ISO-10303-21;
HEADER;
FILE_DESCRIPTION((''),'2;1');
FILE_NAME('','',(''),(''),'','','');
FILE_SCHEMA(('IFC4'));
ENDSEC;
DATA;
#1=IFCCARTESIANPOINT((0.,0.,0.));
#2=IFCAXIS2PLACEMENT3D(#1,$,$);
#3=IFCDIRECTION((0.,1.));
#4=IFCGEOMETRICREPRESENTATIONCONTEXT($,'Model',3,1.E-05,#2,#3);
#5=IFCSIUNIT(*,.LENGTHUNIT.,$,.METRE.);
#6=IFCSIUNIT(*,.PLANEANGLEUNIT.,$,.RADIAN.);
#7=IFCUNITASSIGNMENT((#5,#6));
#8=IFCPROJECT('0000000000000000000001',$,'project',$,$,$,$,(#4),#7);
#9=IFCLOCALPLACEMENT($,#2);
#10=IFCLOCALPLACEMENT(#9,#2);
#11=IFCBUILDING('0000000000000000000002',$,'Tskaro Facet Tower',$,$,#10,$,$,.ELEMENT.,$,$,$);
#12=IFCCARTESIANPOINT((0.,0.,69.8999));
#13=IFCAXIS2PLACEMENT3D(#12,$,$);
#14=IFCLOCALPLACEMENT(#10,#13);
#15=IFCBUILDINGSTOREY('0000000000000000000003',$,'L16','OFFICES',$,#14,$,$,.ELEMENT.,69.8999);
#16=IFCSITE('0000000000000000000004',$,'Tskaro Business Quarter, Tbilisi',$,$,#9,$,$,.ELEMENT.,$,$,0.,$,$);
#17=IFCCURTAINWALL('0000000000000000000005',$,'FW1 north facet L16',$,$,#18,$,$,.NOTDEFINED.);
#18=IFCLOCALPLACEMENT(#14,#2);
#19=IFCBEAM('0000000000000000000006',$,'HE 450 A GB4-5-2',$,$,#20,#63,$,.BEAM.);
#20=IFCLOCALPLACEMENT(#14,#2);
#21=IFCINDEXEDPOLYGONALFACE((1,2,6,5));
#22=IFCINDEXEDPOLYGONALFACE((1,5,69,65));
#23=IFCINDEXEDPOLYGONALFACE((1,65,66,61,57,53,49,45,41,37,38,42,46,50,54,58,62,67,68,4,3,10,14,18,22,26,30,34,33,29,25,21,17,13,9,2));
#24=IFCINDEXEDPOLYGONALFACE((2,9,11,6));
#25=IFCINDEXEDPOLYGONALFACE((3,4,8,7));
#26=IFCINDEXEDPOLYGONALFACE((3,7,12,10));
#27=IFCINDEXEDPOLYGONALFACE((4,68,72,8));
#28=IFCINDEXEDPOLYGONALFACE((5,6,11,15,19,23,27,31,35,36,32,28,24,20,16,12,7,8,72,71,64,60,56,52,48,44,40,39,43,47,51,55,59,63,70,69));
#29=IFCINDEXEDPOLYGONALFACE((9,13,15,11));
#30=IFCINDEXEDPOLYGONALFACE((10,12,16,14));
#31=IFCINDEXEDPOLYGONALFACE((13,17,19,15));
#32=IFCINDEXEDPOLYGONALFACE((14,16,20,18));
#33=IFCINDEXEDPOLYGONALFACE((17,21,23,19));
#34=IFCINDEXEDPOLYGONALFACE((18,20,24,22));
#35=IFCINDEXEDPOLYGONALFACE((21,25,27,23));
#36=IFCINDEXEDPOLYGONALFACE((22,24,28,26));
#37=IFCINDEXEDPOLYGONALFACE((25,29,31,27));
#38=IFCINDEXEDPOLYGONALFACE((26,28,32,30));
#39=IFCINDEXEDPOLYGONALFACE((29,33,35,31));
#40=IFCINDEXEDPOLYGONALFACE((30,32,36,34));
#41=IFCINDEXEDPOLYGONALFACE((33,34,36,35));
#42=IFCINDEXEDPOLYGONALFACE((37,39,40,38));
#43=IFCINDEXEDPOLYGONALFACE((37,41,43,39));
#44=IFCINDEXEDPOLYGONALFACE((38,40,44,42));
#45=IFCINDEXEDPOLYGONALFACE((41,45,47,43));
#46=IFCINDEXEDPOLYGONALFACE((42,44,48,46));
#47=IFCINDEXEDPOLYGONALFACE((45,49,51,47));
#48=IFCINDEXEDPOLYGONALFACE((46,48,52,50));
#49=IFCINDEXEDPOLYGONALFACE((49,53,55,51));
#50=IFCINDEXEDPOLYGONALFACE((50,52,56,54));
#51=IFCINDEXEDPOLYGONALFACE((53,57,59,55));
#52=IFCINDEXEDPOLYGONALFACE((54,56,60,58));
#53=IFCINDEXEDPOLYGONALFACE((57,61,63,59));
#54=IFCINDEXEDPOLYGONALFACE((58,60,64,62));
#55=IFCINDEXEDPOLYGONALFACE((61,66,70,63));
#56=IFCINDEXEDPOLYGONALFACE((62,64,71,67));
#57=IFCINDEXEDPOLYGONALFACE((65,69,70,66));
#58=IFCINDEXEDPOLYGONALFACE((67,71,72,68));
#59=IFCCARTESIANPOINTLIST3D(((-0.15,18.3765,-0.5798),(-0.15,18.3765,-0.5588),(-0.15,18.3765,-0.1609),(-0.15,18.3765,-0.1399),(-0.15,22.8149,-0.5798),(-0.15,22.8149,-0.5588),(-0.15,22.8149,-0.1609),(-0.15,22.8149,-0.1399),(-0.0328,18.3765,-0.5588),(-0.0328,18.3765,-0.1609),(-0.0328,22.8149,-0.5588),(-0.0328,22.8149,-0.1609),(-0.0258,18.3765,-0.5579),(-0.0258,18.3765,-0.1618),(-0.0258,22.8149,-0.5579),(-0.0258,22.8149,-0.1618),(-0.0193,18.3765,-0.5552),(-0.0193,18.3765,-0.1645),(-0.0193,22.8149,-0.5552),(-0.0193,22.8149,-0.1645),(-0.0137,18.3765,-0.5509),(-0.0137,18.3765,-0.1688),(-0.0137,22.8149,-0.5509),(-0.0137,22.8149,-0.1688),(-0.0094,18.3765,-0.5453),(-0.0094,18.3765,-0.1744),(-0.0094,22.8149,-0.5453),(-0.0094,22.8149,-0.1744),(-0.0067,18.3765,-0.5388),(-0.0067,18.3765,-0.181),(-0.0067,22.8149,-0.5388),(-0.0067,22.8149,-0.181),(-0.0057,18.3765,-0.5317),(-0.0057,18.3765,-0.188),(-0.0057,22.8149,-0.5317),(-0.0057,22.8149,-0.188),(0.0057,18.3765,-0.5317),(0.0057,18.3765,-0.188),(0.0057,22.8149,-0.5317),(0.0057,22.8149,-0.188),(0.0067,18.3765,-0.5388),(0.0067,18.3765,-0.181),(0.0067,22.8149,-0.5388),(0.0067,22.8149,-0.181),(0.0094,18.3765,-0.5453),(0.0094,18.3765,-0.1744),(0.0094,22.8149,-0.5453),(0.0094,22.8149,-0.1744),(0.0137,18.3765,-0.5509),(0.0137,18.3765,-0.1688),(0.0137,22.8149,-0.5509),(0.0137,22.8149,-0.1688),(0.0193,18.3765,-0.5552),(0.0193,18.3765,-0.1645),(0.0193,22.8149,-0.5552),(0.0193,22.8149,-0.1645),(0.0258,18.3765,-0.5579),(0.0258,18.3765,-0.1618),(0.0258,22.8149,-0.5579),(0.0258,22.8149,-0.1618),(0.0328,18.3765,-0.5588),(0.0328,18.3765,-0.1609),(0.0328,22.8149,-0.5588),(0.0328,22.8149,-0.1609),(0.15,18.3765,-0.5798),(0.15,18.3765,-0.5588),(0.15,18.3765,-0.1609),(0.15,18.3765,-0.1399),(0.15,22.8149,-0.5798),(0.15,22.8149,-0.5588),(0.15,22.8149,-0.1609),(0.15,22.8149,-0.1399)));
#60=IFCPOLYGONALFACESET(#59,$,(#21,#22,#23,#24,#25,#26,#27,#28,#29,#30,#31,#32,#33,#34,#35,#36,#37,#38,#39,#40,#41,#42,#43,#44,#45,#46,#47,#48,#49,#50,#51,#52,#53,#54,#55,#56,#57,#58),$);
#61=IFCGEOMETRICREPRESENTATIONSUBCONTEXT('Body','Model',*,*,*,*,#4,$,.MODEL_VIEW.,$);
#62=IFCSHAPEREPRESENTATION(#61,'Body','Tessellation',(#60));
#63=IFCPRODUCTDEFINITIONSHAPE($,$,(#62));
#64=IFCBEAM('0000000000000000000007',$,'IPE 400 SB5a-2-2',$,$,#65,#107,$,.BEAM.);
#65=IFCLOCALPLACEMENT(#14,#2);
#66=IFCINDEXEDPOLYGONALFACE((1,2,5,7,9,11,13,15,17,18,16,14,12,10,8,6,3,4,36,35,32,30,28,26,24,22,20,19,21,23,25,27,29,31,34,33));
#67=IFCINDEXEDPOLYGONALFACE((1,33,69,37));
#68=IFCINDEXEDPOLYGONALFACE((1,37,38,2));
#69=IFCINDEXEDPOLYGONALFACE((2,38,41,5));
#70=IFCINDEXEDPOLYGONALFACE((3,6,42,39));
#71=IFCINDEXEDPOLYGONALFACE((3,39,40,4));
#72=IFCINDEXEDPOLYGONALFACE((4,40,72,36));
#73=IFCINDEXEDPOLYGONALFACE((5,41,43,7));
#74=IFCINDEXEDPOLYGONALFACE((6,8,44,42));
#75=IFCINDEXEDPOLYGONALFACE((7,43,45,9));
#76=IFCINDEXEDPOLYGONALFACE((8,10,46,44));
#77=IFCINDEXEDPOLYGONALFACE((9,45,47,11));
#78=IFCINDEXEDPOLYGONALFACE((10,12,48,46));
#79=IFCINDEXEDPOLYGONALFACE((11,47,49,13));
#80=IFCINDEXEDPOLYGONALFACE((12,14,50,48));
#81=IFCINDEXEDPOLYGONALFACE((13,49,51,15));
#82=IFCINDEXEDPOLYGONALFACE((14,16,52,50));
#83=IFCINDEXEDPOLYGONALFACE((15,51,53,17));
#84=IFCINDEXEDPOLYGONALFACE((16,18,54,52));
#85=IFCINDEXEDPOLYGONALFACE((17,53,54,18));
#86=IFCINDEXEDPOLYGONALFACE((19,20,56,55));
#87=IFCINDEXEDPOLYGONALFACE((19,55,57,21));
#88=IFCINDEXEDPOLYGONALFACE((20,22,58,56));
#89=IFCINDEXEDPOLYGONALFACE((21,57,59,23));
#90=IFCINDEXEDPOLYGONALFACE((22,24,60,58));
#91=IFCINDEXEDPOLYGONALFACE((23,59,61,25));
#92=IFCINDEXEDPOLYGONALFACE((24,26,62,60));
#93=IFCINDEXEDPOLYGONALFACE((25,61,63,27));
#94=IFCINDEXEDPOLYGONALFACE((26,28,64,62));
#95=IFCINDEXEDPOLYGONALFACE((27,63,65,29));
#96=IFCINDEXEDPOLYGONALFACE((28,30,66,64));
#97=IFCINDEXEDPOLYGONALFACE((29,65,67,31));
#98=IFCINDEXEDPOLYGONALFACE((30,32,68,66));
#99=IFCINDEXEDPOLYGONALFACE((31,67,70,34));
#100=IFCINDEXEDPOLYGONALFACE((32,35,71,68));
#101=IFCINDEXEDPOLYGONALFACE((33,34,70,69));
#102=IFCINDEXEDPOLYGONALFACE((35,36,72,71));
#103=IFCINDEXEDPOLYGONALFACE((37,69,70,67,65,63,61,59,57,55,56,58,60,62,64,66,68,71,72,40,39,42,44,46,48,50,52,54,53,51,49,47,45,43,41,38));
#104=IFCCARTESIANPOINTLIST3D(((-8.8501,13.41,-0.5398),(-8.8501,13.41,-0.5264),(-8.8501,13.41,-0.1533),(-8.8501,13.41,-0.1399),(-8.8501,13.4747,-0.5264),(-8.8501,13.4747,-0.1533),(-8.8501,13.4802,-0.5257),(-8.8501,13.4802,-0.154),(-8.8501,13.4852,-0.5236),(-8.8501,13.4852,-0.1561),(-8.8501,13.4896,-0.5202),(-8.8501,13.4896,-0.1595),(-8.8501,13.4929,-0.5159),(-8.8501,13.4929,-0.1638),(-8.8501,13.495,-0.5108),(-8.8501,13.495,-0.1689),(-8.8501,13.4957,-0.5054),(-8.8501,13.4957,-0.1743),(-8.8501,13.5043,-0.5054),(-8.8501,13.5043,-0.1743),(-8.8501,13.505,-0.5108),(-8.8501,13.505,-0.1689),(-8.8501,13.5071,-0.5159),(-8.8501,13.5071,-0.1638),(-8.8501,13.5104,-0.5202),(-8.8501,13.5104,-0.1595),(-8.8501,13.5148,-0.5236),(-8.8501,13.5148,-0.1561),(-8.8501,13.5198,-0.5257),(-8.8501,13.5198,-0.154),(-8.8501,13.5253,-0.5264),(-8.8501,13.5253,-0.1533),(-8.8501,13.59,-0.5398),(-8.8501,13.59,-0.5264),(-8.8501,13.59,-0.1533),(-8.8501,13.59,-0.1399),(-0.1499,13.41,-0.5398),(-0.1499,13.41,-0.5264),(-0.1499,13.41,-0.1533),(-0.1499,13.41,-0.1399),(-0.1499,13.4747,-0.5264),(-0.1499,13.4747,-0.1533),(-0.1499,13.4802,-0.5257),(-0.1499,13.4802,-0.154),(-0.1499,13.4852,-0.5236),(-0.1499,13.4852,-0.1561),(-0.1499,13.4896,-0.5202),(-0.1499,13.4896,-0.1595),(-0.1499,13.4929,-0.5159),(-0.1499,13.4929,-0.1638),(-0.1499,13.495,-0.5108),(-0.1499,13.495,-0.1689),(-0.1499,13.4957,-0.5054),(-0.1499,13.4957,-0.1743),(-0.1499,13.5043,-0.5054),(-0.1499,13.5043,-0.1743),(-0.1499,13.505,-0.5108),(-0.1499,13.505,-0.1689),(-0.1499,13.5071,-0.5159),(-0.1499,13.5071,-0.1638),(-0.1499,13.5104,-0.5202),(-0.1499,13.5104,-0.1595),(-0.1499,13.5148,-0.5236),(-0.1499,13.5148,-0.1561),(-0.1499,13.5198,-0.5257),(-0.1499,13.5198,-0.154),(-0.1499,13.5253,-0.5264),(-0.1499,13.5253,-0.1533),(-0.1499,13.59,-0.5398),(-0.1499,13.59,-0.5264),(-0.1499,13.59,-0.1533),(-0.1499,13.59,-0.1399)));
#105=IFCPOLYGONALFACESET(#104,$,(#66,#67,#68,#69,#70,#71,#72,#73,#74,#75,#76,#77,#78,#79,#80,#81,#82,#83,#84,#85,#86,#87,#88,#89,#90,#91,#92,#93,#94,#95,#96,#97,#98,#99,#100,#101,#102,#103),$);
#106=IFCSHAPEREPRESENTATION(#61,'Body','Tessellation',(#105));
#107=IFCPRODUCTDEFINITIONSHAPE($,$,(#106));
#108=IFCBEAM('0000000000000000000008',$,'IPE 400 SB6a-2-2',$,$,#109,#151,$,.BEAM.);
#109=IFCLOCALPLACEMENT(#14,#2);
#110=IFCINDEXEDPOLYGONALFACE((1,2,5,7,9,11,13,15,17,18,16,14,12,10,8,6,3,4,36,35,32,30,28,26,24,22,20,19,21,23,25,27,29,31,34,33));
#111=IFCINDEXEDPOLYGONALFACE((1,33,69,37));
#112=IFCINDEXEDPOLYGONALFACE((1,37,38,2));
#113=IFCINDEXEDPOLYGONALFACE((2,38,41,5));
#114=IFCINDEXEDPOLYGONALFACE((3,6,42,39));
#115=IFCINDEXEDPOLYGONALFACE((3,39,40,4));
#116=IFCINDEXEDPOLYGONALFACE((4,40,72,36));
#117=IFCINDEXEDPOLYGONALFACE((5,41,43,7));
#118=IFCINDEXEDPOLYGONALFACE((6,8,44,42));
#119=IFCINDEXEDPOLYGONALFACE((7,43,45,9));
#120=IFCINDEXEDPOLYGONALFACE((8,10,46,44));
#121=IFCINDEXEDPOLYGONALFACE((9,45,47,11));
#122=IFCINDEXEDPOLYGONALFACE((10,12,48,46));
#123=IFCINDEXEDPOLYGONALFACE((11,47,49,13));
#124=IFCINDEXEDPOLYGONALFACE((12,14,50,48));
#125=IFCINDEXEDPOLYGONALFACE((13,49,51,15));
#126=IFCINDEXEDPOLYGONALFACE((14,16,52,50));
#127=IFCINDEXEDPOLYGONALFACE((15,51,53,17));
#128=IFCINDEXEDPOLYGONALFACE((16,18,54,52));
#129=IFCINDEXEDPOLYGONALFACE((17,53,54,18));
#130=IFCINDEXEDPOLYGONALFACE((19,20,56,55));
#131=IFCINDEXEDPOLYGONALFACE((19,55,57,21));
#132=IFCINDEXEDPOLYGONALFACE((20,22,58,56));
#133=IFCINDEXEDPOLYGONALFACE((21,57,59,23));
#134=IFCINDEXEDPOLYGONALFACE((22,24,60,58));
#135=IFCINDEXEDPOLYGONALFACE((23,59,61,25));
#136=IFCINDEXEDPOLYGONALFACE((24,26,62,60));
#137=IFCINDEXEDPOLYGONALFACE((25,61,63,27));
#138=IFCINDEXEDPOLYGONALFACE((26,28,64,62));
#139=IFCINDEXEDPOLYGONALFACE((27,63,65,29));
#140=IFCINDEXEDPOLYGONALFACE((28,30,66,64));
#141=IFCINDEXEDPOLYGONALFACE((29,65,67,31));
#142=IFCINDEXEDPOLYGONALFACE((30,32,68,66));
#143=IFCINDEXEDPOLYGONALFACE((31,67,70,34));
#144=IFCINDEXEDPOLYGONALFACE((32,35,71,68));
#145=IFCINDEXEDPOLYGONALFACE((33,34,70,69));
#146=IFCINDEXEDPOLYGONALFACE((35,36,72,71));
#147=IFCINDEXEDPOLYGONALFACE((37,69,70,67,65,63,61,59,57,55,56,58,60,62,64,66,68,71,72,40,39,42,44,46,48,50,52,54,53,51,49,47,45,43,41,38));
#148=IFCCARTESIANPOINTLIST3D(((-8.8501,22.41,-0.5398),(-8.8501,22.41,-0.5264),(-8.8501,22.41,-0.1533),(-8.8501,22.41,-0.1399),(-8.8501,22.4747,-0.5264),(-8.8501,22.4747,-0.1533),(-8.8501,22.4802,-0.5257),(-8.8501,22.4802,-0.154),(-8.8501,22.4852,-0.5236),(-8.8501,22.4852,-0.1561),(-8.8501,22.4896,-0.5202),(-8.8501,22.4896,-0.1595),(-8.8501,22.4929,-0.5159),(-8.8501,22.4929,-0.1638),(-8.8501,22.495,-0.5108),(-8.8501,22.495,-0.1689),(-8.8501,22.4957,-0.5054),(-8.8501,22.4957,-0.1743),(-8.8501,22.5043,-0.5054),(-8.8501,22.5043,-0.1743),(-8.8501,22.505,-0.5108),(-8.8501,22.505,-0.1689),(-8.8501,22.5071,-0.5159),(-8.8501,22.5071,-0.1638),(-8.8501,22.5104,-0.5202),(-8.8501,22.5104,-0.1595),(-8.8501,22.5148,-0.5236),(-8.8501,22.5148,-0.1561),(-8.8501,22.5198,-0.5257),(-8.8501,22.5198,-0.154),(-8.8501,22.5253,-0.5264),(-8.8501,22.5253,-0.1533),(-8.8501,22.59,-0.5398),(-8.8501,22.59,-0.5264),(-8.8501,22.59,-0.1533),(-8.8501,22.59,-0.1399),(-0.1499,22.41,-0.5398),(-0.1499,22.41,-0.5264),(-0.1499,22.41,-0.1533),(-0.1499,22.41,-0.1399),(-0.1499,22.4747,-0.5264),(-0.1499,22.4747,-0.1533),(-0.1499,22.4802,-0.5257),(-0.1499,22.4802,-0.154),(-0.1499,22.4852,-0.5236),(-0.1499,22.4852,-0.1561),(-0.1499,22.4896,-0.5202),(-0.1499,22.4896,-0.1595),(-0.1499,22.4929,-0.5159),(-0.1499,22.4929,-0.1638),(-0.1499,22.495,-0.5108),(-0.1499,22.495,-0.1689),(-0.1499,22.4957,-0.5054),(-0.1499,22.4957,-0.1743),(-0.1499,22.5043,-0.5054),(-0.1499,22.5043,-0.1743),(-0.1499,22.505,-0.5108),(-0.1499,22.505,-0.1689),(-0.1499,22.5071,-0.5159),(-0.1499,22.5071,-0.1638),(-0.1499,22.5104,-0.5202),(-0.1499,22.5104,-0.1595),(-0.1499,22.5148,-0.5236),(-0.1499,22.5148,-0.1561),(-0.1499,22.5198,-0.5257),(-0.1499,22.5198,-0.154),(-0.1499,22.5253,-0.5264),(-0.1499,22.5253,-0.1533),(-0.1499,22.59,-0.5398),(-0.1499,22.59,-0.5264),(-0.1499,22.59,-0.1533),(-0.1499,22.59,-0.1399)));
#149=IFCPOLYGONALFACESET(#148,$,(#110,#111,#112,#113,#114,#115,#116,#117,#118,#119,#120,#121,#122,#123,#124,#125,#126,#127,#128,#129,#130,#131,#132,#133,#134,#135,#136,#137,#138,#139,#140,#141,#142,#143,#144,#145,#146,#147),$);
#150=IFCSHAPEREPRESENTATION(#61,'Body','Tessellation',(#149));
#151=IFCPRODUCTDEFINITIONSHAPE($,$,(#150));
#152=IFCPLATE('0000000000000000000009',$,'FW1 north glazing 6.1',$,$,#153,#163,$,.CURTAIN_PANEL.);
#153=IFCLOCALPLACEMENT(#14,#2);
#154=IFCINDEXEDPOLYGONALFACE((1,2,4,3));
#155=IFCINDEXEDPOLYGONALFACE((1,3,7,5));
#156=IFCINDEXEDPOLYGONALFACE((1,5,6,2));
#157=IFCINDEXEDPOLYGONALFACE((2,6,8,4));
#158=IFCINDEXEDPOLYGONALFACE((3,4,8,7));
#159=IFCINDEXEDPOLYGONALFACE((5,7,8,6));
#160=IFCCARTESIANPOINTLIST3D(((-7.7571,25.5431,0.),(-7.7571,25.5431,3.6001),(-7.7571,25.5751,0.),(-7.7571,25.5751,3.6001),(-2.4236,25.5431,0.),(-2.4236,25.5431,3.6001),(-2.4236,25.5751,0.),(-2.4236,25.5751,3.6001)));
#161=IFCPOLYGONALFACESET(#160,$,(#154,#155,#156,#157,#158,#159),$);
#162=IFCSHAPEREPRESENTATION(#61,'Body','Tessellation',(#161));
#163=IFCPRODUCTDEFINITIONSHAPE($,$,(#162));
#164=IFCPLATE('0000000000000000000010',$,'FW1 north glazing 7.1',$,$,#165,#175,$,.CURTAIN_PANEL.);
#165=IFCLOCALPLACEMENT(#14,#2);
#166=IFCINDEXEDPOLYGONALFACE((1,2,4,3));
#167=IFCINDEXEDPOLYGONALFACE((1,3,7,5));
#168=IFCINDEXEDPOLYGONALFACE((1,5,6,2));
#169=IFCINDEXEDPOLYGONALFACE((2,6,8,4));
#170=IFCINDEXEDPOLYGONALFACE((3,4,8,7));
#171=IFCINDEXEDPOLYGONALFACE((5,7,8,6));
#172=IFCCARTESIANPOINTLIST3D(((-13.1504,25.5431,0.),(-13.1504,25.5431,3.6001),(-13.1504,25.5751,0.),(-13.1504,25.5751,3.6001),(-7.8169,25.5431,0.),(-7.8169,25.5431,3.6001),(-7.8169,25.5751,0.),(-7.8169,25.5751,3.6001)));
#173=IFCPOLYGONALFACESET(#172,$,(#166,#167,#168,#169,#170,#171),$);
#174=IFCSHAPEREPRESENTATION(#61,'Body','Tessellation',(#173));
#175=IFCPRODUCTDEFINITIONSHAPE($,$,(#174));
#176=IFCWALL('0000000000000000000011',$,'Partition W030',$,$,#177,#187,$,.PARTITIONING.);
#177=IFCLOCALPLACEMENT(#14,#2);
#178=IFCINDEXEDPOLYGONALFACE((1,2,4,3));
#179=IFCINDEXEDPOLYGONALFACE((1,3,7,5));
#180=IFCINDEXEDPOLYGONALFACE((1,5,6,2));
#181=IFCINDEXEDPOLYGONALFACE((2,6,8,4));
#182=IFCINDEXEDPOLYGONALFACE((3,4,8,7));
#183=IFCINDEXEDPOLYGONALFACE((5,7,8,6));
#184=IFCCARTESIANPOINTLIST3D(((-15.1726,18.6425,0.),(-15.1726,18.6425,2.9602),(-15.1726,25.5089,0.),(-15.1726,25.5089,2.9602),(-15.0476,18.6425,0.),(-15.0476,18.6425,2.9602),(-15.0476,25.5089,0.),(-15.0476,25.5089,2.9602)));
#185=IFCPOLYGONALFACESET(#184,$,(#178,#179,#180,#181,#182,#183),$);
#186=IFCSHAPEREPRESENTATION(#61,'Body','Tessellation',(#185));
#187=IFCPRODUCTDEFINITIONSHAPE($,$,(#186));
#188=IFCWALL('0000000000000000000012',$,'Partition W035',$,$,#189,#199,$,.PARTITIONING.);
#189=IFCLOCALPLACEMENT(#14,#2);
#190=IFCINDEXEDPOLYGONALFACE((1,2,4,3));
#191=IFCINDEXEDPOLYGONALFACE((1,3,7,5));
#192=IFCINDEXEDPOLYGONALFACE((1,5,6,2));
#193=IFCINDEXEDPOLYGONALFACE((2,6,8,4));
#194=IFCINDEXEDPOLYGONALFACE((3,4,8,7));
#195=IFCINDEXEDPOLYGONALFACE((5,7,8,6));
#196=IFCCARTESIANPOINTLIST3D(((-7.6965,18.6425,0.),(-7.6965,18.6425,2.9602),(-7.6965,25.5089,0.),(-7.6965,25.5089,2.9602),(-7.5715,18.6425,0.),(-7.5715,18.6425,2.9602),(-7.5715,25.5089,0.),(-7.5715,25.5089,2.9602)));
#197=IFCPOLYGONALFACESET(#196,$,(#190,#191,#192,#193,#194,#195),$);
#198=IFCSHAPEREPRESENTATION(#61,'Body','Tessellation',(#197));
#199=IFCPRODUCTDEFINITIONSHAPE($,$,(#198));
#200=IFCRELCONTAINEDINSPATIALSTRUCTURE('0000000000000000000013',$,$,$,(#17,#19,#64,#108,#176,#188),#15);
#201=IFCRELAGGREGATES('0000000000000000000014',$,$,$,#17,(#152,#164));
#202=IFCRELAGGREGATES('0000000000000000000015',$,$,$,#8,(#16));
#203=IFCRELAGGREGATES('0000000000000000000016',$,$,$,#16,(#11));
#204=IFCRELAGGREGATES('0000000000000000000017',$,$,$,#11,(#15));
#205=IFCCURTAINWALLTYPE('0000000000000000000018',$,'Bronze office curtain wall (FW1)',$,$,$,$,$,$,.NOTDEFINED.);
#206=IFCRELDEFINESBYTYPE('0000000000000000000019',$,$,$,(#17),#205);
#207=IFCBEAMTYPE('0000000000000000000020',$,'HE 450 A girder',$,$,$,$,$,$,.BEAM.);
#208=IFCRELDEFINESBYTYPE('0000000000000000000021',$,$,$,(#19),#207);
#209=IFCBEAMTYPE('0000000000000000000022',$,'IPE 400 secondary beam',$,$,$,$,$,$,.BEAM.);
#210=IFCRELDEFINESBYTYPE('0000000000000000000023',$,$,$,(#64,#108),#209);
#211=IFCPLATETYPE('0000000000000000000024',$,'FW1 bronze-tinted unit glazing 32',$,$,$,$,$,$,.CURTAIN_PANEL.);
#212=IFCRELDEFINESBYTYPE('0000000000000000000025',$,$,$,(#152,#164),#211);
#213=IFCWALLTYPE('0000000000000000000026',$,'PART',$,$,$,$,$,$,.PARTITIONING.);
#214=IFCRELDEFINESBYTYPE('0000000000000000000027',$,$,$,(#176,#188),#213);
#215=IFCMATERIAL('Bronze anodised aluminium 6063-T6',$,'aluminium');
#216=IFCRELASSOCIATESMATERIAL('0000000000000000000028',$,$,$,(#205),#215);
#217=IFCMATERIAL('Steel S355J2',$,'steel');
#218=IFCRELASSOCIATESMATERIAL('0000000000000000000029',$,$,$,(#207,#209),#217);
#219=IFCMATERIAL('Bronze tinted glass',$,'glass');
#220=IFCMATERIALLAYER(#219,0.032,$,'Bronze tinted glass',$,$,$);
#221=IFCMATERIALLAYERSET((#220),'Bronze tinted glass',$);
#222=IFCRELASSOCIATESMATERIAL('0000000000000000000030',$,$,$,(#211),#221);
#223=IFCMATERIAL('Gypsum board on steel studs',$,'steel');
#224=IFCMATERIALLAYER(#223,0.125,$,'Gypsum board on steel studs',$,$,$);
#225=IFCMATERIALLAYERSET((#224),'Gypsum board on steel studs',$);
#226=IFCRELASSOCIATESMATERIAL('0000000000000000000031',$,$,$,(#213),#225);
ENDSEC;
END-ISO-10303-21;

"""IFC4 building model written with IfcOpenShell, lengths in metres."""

from ifc_helpers import new_model, si_unit, direction, frame, frame_2d, origin, origin_2d, place, context, subcontext, project, spatial, rectangle, i_section, extrude, material, layer, layer_set, material_profile, profile_set, type_object, element, aggregate, save


model = new_model("IFC4")

# Units and contexts
model_context = context("Model", 3, precision=1e-05, world=origin(), true_north=direction((0.0, 1.0)))
body_context = subcontext(model_context, "Body", "Model", "MODEL_VIEW")
ifc_project = project(units=[si_unit("LENGTHUNIT", "METRE"), si_unit("PLANEANGLEUNIT", "RADIAN")], contexts=[model_context])

# Site, building, storey
site_placement = place(None, origin())
site = spatial("IfcSite", under=ifc_project, at=site_placement, Name="Tskaro Business Quarter, Tbilisi", CompositionType="ELEMENT", RefElevation=0.0)
building_placement = place(site_placement, origin())
building = spatial("IfcBuilding", under=site, at=building_placement, Name="Tskaro Facet Tower", CompositionType="ELEMENT")
storey_placement = place(building_placement, frame((0.0, 0.0, 69.8999)))
storey = spatial("IfcBuildingStorey", under=building, at=storey_placement, Name="L16", Description="OFFICES", CompositionType="ELEMENT", Elevation=69.8999)

# Curtain wall
ifc_material_1 = material(Name="Bronze anodised aluminium 6063-T6", Category="aluminium")
curtain_wall_type = type_object("IfcCurtainWallType", Name="Bronze office curtain wall (FW1)", PredefinedType="NOTDEFINED", material=ifc_material_1)
curtain_wall_placement = place(storey_placement, origin())
curtain_wall = element("IfcCurtainWall", 1, at=curtain_wall_placement, inside=storey, type_object=curtain_wall_type, Name="FW1 north facet L16", PredefinedType="NOTDEFINED")

# Beams
ifc_material_2 = material(Name="Steel S355J2", Category="steel")
ifc_material_profile_1 = material_profile(ifc_material_2, i_section(OverallWidth=0.3, OverallDepth=0.4399, WebThickness=0.0115, FlangeThickness=0.021, FilletRadius=0.0271, at=origin_2d()), Name="HE 450 A")
ifc_profile_set_1 = profile_set([ifc_material_profile_1], Name="Steel S355J2")
beam_type_1 = type_object("IfcBeamType", Name="HE 450 A girder", PredefinedType="BEAM", material=ifc_profile_set_1)
for number, where, z_axis, x_axis, name in (
    (2, (0.0, 18.3765, -0.3599), (0.0, 1.0, 0.0), (-1.0, 0.0, 0.0), "HE 450 A GB4-5-2"),
):
    element("IfcBeam", number, at=place(storey_placement, frame(where, z_axis=z_axis, x_axis=x_axis)), inside=storey, type_object=beam_type_1, Name=name, PredefinedType="BEAM", context=body_context, shape_type="SweptSolid", body=[
        extrude(i_section(OverallWidth=0.3, OverallDepth=0.4399, WebThickness=0.0115, FlangeThickness=0.021, FilletRadius=0.0271, at=origin_2d()), origin(), (0.0, 0.0, 1.0), 4.4385),
    ])
ifc_material_profile_2 = material_profile(ifc_material_2, i_section(OverallWidth=0.1799, OverallDepth=0.3999, WebThickness=0.0085, FlangeThickness=0.0134, FilletRadius=0.021, at=origin_2d()), Name="IPE 400")
ifc_profile_set_2 = profile_set([ifc_material_profile_2], Name="Steel S355J2")
beam_type_2 = type_object("IfcBeamType", Name="IPE 400 secondary beam", PredefinedType="BEAM", material=ifc_profile_set_2)
for number, where, z_axis, x_axis, name in (
    (3, (-8.8501, 13.5, -0.3398), (1.0, 0.0, 0.0), (0.0, 1.0, 0.0), "IPE 400 SB5a-2-2"),
    (4, (-8.8501, 22.5, -0.3398), (1.0, 0.0, 0.0), (0.0, 1.0, 0.0), "IPE 400 SB6a-2-2"),
):
    element("IfcBeam", number, at=place(storey_placement, frame(where, z_axis=z_axis, x_axis=x_axis)), inside=storey, type_object=beam_type_2, Name=name, PredefinedType="BEAM", context=body_context, shape_type="SweptSolid", body=[
        extrude(i_section(OverallWidth=0.1799, OverallDepth=0.3999, WebThickness=0.0085, FlangeThickness=0.0134, FilletRadius=0.021, at=origin_2d()), origin(), (0.0, 0.0, 1.0), 8.7002),
    ])

# Plates
ifc_material_3 = material(Name="Bronze tinted glass", Category="glass")
ifc_layer_1 = layer(ifc_material_3, 0.032, Name="Bronze tinted glass")
ifc_layer_set_1 = layer_set([ifc_layer_1], Name="Bronze tinted glass")
plate_type = type_object("IfcPlateType", Name="FW1 bronze-tinted unit glazing 32", PredefinedType="CURTAIN_PANEL", material=ifc_layer_set_1)
plate_1_placement = place(storey_placement, frame((-5.0903, 25.5591, 0.0), z_axis=(0.0, 0.0, 1.0), x_axis=(-1.0, 0.0, 0.0)))
plate_1 = element("IfcPlate", 5, at=plate_1_placement, type_object=plate_type, Name="FW1 north glazing 6.1", PredefinedType="CURTAIN_PANEL", context=body_context, shape_type="SweptSolid", body=[
    extrude(rectangle(XDim=5.3335, YDim=0.032, at=origin_2d()), origin(), (0.0, 0.0, 1.0), 3.6001),
])
plate_2_placement = place(storey_placement, frame((-10.4836, 25.5591, 0.0), z_axis=(0.0, 0.0, 1.0), x_axis=(-1.0, 0.0, 0.0)))
plate_2 = element("IfcPlate", 6, at=plate_2_placement, type_object=plate_type, Name="FW1 north glazing 7.1", PredefinedType="CURTAIN_PANEL", context=body_context, shape_type="SweptSolid", body=[
    extrude(rectangle(XDim=5.3335, YDim=0.032, at=origin_2d()), origin(), (0.0, 0.0, 1.0), 3.6001),
])
aggregate(curtain_wall, [plate_1, plate_2])

# Walls
ifc_material_4 = material(Name="Gypsum board on steel studs", Category="steel")
ifc_layer_2 = layer(ifc_material_4, 0.125, Name="Gypsum board on steel studs")
ifc_layer_set_2 = layer_set([ifc_layer_2], Name="Gypsum board on steel studs")
wall_type = type_object("IfcWallType", Name="PART", PredefinedType="PARTITIONING", material=ifc_layer_set_2)
for number, where, z_axis, x_axis, name in (
    (7, (-15.1101, 18.6426, 0.0), (0.0, 0.0, 1.0), (0.0, 1.0, 0.0), "Partition W030"),
    (8, (-7.634, 18.6426, 0.0), (0.0, 0.0, 1.0), (0.0, 1.0, 0.0), "Partition W035"),
):
    element("IfcWall", number, at=place(storey_placement, frame(where, z_axis=z_axis, x_axis=x_axis)), inside=storey, type_object=wall_type, Name=name, PredefinedType="PARTITIONING", context=body_context, shape_type="SweptSolid", body=[
        extrude(rectangle(XDim=6.8665, YDim=0.125, at=frame_2d((3.4331, 0.0))), origin(), (0.0, 0.0, 1.0), 2.9602),
    ])

save(model, "model.ifc")
